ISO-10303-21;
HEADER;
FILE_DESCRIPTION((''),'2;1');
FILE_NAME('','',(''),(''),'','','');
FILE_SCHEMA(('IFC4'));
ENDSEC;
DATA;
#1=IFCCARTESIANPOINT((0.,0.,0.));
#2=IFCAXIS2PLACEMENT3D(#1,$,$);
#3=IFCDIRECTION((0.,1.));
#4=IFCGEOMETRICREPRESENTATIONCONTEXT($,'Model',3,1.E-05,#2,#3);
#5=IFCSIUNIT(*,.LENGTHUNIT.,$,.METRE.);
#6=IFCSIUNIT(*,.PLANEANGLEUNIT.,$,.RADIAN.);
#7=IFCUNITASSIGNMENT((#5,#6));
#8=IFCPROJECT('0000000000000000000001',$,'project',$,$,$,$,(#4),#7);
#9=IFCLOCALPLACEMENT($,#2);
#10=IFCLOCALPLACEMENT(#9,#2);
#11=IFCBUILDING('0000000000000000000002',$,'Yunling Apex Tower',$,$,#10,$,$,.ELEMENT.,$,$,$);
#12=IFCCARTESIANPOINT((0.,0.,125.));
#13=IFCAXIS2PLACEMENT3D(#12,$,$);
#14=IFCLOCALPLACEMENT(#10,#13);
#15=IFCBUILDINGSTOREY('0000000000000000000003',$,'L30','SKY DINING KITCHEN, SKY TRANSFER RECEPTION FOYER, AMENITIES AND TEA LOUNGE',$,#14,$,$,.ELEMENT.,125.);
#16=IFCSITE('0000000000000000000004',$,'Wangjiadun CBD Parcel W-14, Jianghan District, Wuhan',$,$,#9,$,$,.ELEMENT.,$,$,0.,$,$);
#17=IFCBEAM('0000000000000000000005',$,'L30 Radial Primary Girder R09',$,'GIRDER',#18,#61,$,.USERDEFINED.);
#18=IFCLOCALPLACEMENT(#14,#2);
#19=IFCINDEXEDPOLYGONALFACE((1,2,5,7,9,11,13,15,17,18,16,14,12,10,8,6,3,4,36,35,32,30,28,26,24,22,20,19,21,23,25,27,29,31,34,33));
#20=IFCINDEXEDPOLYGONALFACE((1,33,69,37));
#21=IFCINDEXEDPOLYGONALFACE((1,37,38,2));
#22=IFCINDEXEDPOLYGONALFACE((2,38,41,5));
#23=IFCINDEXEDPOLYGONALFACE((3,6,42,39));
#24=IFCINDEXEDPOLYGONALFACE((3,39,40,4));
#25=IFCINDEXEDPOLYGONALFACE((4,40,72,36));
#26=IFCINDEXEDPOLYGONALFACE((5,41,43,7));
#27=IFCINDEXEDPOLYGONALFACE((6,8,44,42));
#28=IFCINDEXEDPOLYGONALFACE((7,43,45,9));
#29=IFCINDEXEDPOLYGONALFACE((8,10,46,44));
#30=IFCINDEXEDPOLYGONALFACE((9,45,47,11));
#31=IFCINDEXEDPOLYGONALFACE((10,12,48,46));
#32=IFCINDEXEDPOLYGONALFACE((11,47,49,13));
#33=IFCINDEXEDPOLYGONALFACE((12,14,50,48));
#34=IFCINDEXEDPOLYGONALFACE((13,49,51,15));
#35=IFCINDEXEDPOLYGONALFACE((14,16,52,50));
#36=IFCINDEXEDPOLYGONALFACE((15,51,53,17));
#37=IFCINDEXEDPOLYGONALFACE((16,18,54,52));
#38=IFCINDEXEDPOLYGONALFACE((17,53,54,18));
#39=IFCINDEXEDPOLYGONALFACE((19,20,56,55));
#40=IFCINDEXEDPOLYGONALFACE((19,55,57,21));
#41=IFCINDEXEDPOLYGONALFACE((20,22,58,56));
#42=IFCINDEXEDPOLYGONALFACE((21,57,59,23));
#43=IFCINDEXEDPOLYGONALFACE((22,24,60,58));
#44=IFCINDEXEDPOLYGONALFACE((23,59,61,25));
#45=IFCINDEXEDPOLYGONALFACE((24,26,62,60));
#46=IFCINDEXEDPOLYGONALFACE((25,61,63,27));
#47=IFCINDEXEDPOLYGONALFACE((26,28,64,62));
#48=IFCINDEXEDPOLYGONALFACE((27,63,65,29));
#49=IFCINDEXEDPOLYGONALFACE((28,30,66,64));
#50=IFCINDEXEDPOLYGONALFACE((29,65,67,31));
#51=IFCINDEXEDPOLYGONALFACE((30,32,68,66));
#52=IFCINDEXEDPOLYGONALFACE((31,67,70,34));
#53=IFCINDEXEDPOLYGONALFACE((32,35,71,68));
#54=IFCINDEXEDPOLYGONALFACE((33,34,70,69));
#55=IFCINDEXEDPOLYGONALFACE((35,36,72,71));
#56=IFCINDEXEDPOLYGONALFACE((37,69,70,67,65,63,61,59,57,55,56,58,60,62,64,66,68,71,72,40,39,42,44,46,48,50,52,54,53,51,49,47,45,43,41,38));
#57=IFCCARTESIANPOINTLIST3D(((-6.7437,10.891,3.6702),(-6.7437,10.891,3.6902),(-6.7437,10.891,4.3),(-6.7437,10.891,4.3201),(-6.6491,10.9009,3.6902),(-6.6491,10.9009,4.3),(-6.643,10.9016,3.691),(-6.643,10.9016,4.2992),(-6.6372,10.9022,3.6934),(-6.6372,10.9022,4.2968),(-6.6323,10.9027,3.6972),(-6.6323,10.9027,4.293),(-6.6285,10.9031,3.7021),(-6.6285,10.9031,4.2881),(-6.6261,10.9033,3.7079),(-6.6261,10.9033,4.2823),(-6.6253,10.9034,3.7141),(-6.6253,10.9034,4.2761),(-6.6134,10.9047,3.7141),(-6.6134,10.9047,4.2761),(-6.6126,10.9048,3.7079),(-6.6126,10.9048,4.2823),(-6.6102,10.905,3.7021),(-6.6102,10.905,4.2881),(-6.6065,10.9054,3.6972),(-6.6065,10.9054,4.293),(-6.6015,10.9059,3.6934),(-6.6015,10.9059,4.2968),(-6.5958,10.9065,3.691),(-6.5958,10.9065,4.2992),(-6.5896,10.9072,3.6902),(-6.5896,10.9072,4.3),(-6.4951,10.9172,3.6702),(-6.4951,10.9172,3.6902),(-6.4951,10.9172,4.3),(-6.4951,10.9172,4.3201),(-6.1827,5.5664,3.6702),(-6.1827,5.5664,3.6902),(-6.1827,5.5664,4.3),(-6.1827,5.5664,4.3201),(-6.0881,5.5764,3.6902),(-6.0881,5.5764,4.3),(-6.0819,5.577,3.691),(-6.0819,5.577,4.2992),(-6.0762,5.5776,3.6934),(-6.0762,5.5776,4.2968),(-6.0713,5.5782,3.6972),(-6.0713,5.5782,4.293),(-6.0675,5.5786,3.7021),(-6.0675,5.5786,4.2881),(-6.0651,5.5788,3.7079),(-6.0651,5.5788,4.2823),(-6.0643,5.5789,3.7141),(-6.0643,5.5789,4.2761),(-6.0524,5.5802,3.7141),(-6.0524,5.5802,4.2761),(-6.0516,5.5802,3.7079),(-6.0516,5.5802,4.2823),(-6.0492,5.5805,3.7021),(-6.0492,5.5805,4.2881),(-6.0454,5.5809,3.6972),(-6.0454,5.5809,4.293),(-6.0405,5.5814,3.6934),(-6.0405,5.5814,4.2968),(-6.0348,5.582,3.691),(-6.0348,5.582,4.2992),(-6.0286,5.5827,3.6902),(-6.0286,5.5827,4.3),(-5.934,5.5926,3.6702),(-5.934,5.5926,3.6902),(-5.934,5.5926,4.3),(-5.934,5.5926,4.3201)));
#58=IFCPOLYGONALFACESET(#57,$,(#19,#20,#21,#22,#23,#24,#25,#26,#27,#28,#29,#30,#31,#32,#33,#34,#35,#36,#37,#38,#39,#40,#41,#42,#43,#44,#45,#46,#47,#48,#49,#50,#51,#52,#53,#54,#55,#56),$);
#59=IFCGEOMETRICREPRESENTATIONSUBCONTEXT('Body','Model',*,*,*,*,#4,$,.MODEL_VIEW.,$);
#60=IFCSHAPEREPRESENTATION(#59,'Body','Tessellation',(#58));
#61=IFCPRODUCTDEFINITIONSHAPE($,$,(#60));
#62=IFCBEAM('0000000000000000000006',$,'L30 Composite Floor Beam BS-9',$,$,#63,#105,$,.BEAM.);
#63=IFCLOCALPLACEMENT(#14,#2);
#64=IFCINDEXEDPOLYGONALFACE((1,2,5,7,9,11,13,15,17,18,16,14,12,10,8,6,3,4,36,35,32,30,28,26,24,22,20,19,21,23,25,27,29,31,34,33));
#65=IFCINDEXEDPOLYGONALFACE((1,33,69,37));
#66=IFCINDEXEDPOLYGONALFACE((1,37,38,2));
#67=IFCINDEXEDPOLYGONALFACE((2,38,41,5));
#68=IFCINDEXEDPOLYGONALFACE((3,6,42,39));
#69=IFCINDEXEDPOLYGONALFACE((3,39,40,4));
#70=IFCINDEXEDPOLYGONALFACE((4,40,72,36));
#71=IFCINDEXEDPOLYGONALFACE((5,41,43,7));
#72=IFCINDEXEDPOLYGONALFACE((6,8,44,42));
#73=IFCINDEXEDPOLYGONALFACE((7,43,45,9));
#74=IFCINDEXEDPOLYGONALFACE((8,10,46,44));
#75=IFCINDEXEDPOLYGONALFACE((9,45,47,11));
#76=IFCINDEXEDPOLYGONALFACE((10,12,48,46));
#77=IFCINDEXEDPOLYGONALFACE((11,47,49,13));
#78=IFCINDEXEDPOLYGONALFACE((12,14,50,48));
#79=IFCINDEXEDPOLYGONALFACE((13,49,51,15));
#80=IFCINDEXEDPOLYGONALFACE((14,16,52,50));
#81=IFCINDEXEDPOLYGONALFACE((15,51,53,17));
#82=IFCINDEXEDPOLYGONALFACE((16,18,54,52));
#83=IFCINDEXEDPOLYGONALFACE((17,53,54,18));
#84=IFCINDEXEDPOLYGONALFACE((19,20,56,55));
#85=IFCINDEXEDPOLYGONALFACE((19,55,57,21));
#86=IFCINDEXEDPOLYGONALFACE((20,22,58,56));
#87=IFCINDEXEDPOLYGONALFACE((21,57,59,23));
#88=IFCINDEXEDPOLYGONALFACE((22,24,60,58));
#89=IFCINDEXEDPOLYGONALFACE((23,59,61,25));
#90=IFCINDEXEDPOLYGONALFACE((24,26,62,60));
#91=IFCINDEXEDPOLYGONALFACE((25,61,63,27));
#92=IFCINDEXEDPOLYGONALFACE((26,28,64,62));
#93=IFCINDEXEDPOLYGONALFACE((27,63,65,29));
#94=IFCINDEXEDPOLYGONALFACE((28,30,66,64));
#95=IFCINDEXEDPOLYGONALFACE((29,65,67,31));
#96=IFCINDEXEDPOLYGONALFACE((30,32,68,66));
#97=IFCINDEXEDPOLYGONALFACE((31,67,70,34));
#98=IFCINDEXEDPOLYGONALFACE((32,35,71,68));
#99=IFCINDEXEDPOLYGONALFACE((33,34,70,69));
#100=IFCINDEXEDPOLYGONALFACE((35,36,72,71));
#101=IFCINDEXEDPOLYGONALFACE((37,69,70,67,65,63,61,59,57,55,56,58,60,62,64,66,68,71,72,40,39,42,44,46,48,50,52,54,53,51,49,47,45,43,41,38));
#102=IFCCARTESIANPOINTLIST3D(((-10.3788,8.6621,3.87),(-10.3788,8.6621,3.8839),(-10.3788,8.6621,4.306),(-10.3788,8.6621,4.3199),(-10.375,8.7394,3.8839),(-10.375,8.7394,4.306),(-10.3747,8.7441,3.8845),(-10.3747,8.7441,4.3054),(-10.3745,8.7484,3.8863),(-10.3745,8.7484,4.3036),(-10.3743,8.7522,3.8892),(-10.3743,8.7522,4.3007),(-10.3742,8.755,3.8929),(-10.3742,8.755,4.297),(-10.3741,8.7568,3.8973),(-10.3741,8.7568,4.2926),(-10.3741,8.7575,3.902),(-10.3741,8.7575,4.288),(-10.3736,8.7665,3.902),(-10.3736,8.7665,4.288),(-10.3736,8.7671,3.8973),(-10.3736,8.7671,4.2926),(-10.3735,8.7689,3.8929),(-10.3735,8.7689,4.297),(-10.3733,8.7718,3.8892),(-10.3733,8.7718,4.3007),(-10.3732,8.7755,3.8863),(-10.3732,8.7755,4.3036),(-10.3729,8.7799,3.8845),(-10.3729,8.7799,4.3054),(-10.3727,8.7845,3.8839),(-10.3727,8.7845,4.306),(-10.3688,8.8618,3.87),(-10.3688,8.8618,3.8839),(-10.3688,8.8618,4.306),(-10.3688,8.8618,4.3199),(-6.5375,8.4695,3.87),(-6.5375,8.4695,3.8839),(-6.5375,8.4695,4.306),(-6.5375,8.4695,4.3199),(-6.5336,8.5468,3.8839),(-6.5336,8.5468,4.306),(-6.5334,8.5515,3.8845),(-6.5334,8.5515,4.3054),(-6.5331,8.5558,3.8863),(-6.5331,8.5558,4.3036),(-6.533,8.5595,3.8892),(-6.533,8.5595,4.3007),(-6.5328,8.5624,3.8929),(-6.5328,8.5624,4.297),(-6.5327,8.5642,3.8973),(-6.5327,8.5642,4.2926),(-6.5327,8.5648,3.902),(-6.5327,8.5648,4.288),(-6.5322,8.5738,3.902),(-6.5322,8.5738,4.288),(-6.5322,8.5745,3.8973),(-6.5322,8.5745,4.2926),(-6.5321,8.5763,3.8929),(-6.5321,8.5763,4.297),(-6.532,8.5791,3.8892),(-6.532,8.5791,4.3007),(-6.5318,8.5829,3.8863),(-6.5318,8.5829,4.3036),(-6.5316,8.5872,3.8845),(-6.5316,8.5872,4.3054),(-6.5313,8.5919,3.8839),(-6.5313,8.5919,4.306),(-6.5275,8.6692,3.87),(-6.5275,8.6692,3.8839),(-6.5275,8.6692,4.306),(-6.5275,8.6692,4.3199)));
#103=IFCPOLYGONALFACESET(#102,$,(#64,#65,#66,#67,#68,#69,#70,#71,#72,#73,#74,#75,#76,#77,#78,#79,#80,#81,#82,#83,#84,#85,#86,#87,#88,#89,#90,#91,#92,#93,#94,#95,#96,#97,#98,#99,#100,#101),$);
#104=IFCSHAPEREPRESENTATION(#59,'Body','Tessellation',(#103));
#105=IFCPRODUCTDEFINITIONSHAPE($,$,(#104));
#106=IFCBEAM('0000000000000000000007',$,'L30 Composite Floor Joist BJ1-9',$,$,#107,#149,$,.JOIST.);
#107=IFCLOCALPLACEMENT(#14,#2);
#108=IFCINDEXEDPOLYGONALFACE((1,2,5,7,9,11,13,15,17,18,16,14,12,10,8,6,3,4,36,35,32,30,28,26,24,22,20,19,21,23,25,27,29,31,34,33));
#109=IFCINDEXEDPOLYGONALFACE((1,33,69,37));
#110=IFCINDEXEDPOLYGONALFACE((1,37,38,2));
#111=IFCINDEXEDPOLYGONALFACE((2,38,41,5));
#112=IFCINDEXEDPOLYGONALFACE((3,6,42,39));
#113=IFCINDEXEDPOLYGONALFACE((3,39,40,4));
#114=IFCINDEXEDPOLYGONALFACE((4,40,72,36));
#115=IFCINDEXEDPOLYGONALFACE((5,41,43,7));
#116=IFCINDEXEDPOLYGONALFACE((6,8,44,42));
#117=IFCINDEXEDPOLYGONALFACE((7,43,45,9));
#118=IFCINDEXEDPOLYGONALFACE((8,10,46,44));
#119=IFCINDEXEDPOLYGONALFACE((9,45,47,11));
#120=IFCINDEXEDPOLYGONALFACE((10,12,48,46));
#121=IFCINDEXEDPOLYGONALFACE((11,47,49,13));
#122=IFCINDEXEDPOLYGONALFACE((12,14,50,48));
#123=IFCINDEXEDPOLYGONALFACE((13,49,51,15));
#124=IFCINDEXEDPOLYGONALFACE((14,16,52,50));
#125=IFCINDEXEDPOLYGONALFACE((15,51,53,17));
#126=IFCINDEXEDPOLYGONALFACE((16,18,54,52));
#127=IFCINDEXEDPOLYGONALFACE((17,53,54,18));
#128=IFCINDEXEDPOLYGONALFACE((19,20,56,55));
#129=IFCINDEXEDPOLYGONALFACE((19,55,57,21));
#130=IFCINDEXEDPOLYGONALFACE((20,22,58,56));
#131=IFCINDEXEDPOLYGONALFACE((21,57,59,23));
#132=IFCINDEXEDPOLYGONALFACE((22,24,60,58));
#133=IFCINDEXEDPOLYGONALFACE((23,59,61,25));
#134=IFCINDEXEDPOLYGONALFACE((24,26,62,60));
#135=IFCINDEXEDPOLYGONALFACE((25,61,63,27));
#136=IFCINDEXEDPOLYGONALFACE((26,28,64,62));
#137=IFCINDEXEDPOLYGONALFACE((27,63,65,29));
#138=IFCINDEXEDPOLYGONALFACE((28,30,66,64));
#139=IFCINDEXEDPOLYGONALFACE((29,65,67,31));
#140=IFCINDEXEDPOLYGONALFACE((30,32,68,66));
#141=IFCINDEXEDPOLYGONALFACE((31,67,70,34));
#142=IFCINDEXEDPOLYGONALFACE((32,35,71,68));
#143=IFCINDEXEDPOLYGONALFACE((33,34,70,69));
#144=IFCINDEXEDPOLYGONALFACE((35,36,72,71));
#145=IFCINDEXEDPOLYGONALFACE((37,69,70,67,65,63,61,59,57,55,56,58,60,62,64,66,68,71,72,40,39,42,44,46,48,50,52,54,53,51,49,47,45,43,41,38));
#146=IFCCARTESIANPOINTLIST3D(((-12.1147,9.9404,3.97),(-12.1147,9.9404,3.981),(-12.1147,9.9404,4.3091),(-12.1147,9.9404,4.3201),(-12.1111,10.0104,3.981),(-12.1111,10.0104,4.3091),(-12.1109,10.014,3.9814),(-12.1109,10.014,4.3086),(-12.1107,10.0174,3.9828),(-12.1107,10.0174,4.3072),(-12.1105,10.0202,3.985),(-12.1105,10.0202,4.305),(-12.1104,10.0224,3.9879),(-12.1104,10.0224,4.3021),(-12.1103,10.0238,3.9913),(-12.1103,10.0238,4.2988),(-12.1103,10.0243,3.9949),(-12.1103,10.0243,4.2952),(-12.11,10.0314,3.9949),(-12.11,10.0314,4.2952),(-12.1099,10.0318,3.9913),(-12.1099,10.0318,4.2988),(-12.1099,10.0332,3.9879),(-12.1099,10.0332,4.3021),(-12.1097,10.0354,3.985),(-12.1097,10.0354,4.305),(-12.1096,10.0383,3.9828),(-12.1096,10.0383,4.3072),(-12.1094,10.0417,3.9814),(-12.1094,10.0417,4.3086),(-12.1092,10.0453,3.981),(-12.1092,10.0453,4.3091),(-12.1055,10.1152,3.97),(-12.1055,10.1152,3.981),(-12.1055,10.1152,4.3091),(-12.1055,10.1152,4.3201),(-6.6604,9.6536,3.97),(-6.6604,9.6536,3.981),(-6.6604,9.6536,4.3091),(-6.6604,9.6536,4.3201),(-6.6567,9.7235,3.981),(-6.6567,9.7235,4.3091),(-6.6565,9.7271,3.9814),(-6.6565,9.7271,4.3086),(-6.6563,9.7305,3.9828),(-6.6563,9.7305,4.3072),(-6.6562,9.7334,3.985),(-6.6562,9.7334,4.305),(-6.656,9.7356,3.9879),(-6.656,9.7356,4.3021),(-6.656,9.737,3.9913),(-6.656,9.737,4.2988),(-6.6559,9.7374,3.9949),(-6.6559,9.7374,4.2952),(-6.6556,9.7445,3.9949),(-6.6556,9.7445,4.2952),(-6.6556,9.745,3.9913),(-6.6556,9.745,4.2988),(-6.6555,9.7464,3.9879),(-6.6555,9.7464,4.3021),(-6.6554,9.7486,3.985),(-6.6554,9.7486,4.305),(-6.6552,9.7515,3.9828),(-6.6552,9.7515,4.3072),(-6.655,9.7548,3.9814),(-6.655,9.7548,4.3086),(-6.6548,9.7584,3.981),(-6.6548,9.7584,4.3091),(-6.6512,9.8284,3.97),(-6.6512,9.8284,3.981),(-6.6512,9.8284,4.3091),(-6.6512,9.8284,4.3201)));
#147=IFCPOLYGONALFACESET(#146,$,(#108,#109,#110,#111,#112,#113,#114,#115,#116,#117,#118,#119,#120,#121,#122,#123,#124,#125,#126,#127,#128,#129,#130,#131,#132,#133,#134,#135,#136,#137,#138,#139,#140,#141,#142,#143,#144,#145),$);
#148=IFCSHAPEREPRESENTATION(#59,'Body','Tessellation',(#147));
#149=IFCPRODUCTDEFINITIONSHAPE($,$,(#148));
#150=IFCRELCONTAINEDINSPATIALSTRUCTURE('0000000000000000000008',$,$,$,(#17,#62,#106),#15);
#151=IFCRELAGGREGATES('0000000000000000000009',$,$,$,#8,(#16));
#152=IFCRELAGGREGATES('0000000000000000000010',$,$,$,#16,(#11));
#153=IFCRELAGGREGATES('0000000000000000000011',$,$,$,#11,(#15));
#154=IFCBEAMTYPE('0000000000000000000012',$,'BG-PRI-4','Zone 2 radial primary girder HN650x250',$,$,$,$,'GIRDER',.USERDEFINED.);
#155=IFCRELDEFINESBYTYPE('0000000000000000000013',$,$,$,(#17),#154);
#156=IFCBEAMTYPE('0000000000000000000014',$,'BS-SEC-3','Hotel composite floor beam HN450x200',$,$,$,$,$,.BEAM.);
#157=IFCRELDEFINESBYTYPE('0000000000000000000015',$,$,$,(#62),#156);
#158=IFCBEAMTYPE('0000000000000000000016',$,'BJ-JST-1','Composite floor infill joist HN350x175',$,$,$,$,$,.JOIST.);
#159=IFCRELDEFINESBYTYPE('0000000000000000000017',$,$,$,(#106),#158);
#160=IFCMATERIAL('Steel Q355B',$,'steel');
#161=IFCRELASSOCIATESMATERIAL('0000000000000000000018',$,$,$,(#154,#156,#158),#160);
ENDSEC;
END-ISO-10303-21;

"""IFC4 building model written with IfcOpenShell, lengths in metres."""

from ifc_helpers import new_model, si_unit, direction, frame, origin, origin_2d, place, context, subcontext, project, spatial, i_section, extrude, source, transform, mapped, material, material_profile, profile_set, type_object, element, save


model = new_model("IFC4")

# Units and contexts
model_context = context("Model", 3, precision=1e-05, world=origin(), true_north=direction((0.0, 1.0)))
body_context = subcontext(model_context, "Body", "Model", "MODEL_VIEW")
ifc_project = project(units=[si_unit("LENGTHUNIT", "METRE"), si_unit("PLANEANGLEUNIT", "RADIAN")], contexts=[model_context])

# Site, building, storey
site_placement = place(None, origin())
site = spatial("IfcSite", under=ifc_project, at=site_placement, Name="Wangjiadun CBD Parcel W-14, Jianghan District, Wuhan", CompositionType="ELEMENT", RefElevation=0.0)
building_placement = place(site_placement, origin())
building = spatial("IfcBuilding", under=site, at=building_placement, Name="Yunling Apex Tower", CompositionType="ELEMENT")
storey_placement = place(building_placement, frame((0.0, 0.0, 125.0)))
storey = spatial("IfcBuildingStorey", under=building, at=storey_placement, Name="L30", Description="SKY DINING KITCHEN, SKY TRANSFER RECEPTION FOYER, AMENITIES AND TEA LOUNGE", CompositionType="ELEMENT", Elevation=125.0)

# Beams
ifc_material_1 = material(Name="Steel Q355B", Category="steel")
ifc_material_profile_1 = material_profile(ifc_material_1, i_section(OverallWidth=0.25, OverallDepth=0.6499, WebThickness=0.012, FlangeThickness=0.02, FilletRadius=0.0239, at=origin_2d()))
ifc_profile_set_1 = profile_set([ifc_material_profile_1], Name="Steel Q355B")
beam_type_1 = type_object("IfcBeamType", Name="BG-PRI-4", Description="Zone 2 radial primary girder HN650x250", ElementType="GIRDER", PredefinedType="USERDEFINED", material=ifc_profile_set_1)
shared_shape_1 = source(origin(), body_context, "Body", "SweptSolid", [
    extrude(i_section(OverallWidth=0.25, OverallDepth=0.6499, WebThickness=0.012, FlangeThickness=0.02, FilletRadius=0.0239, at=origin_2d()), origin(), (0.0, 0.0, 1.0), 5.354),
])
beam_1_placement = place(storey_placement, frame((-6.6194, 10.9041, 3.9951), z_axis=(0.104789, -0.994494, 0.0), x_axis=(0.994494, 0.104789, 0.0)))
element("IfcBeam", 1, at=beam_1_placement, inside=storey, type_object=beam_type_1, Name="L30 Radial Primary Girder R09", ObjectType="GIRDER", PredefinedType="USERDEFINED", context=body_context, shape_type="MappedRepresentation", body=[
    mapped(shared_shape_1, transform((0.0, 0.0, 0.0), scale=1.0)),
])
ifc_material_profile_2 = material_profile(ifc_material_1, i_section(OverallWidth=0.2, OverallDepth=0.45, WebThickness=0.009, FlangeThickness=0.0139, FilletRadius=0.0181, at=origin_2d()))
ifc_profile_set_2 = profile_set([ifc_material_profile_2], Name="Steel Q355B")
beam_type_2 = type_object("IfcBeamType", Name="BS-SEC-3", Description="Hotel composite floor beam HN450x200", PredefinedType="BEAM", material=ifc_profile_set_2)
shared_shape_2 = source(origin(), body_context, "Body", "SweptSolid", [
    extrude(i_section(OverallWidth=0.2, OverallDepth=0.45, WebThickness=0.009, FlangeThickness=0.0139, FilletRadius=0.0181, at=origin_2d()), origin(), (0.0, 0.0, 1.0), 3.8462),
])
beam_2_placement = place(storey_placement, frame((-6.5325, 8.5693, 4.095), z_axis=(-0.998745, 0.050083, 0.0), x_axis=(-0.050083, -0.998745, 0.0)))
element("IfcBeam", 2, at=beam_2_placement, inside=storey, type_object=beam_type_2, Name="L30 Composite Floor Beam BS-9", PredefinedType="BEAM", context=body_context, shape_type="MappedRepresentation", body=[
    mapped(shared_shape_2, transform((0.0, 0.0, 0.0), scale=1.0)),
])
ifc_material_profile_3 = material_profile(ifc_material_1, i_section(OverallWidth=0.175, OverallDepth=0.3501, WebThickness=0.0071, FlangeThickness=0.011, FilletRadius=0.0139, at=origin_2d()))
ifc_profile_set_3 = profile_set([ifc_material_profile_3], Name="Steel Q355B")
beam_type_3 = type_object("IfcBeamType", Name="BJ-JST-1", Description="Composite floor infill joist HN350x175", PredefinedType="JOIST", material=ifc_profile_set_3)
shared_shape_3 = source(origin(), body_context, "Body", "SweptSolid", [
    extrude(i_section(OverallWidth=0.175, OverallDepth=0.3501, WebThickness=0.0071, FlangeThickness=0.011, FilletRadius=0.0139, at=origin_2d()), origin(), (0.0, 0.0, 1.0), 5.4619),
])
beam_3_placement = place(storey_placement, frame((-6.6558, 9.741, 4.145), z_axis=(-0.99862, 0.052521, 0.0), x_axis=(-0.052521, -0.99862, 0.0)))
element("IfcBeam", 3, at=beam_3_placement, inside=storey, type_object=beam_type_3, Name="L30 Composite Floor Joist BJ1-9", PredefinedType="JOIST", context=body_context, shape_type="MappedRepresentation", body=[
    mapped(shared_shape_3, transform((0.0, 0.0, 0.0), scale=1.0)),
])

save(model, "model.ifc")
